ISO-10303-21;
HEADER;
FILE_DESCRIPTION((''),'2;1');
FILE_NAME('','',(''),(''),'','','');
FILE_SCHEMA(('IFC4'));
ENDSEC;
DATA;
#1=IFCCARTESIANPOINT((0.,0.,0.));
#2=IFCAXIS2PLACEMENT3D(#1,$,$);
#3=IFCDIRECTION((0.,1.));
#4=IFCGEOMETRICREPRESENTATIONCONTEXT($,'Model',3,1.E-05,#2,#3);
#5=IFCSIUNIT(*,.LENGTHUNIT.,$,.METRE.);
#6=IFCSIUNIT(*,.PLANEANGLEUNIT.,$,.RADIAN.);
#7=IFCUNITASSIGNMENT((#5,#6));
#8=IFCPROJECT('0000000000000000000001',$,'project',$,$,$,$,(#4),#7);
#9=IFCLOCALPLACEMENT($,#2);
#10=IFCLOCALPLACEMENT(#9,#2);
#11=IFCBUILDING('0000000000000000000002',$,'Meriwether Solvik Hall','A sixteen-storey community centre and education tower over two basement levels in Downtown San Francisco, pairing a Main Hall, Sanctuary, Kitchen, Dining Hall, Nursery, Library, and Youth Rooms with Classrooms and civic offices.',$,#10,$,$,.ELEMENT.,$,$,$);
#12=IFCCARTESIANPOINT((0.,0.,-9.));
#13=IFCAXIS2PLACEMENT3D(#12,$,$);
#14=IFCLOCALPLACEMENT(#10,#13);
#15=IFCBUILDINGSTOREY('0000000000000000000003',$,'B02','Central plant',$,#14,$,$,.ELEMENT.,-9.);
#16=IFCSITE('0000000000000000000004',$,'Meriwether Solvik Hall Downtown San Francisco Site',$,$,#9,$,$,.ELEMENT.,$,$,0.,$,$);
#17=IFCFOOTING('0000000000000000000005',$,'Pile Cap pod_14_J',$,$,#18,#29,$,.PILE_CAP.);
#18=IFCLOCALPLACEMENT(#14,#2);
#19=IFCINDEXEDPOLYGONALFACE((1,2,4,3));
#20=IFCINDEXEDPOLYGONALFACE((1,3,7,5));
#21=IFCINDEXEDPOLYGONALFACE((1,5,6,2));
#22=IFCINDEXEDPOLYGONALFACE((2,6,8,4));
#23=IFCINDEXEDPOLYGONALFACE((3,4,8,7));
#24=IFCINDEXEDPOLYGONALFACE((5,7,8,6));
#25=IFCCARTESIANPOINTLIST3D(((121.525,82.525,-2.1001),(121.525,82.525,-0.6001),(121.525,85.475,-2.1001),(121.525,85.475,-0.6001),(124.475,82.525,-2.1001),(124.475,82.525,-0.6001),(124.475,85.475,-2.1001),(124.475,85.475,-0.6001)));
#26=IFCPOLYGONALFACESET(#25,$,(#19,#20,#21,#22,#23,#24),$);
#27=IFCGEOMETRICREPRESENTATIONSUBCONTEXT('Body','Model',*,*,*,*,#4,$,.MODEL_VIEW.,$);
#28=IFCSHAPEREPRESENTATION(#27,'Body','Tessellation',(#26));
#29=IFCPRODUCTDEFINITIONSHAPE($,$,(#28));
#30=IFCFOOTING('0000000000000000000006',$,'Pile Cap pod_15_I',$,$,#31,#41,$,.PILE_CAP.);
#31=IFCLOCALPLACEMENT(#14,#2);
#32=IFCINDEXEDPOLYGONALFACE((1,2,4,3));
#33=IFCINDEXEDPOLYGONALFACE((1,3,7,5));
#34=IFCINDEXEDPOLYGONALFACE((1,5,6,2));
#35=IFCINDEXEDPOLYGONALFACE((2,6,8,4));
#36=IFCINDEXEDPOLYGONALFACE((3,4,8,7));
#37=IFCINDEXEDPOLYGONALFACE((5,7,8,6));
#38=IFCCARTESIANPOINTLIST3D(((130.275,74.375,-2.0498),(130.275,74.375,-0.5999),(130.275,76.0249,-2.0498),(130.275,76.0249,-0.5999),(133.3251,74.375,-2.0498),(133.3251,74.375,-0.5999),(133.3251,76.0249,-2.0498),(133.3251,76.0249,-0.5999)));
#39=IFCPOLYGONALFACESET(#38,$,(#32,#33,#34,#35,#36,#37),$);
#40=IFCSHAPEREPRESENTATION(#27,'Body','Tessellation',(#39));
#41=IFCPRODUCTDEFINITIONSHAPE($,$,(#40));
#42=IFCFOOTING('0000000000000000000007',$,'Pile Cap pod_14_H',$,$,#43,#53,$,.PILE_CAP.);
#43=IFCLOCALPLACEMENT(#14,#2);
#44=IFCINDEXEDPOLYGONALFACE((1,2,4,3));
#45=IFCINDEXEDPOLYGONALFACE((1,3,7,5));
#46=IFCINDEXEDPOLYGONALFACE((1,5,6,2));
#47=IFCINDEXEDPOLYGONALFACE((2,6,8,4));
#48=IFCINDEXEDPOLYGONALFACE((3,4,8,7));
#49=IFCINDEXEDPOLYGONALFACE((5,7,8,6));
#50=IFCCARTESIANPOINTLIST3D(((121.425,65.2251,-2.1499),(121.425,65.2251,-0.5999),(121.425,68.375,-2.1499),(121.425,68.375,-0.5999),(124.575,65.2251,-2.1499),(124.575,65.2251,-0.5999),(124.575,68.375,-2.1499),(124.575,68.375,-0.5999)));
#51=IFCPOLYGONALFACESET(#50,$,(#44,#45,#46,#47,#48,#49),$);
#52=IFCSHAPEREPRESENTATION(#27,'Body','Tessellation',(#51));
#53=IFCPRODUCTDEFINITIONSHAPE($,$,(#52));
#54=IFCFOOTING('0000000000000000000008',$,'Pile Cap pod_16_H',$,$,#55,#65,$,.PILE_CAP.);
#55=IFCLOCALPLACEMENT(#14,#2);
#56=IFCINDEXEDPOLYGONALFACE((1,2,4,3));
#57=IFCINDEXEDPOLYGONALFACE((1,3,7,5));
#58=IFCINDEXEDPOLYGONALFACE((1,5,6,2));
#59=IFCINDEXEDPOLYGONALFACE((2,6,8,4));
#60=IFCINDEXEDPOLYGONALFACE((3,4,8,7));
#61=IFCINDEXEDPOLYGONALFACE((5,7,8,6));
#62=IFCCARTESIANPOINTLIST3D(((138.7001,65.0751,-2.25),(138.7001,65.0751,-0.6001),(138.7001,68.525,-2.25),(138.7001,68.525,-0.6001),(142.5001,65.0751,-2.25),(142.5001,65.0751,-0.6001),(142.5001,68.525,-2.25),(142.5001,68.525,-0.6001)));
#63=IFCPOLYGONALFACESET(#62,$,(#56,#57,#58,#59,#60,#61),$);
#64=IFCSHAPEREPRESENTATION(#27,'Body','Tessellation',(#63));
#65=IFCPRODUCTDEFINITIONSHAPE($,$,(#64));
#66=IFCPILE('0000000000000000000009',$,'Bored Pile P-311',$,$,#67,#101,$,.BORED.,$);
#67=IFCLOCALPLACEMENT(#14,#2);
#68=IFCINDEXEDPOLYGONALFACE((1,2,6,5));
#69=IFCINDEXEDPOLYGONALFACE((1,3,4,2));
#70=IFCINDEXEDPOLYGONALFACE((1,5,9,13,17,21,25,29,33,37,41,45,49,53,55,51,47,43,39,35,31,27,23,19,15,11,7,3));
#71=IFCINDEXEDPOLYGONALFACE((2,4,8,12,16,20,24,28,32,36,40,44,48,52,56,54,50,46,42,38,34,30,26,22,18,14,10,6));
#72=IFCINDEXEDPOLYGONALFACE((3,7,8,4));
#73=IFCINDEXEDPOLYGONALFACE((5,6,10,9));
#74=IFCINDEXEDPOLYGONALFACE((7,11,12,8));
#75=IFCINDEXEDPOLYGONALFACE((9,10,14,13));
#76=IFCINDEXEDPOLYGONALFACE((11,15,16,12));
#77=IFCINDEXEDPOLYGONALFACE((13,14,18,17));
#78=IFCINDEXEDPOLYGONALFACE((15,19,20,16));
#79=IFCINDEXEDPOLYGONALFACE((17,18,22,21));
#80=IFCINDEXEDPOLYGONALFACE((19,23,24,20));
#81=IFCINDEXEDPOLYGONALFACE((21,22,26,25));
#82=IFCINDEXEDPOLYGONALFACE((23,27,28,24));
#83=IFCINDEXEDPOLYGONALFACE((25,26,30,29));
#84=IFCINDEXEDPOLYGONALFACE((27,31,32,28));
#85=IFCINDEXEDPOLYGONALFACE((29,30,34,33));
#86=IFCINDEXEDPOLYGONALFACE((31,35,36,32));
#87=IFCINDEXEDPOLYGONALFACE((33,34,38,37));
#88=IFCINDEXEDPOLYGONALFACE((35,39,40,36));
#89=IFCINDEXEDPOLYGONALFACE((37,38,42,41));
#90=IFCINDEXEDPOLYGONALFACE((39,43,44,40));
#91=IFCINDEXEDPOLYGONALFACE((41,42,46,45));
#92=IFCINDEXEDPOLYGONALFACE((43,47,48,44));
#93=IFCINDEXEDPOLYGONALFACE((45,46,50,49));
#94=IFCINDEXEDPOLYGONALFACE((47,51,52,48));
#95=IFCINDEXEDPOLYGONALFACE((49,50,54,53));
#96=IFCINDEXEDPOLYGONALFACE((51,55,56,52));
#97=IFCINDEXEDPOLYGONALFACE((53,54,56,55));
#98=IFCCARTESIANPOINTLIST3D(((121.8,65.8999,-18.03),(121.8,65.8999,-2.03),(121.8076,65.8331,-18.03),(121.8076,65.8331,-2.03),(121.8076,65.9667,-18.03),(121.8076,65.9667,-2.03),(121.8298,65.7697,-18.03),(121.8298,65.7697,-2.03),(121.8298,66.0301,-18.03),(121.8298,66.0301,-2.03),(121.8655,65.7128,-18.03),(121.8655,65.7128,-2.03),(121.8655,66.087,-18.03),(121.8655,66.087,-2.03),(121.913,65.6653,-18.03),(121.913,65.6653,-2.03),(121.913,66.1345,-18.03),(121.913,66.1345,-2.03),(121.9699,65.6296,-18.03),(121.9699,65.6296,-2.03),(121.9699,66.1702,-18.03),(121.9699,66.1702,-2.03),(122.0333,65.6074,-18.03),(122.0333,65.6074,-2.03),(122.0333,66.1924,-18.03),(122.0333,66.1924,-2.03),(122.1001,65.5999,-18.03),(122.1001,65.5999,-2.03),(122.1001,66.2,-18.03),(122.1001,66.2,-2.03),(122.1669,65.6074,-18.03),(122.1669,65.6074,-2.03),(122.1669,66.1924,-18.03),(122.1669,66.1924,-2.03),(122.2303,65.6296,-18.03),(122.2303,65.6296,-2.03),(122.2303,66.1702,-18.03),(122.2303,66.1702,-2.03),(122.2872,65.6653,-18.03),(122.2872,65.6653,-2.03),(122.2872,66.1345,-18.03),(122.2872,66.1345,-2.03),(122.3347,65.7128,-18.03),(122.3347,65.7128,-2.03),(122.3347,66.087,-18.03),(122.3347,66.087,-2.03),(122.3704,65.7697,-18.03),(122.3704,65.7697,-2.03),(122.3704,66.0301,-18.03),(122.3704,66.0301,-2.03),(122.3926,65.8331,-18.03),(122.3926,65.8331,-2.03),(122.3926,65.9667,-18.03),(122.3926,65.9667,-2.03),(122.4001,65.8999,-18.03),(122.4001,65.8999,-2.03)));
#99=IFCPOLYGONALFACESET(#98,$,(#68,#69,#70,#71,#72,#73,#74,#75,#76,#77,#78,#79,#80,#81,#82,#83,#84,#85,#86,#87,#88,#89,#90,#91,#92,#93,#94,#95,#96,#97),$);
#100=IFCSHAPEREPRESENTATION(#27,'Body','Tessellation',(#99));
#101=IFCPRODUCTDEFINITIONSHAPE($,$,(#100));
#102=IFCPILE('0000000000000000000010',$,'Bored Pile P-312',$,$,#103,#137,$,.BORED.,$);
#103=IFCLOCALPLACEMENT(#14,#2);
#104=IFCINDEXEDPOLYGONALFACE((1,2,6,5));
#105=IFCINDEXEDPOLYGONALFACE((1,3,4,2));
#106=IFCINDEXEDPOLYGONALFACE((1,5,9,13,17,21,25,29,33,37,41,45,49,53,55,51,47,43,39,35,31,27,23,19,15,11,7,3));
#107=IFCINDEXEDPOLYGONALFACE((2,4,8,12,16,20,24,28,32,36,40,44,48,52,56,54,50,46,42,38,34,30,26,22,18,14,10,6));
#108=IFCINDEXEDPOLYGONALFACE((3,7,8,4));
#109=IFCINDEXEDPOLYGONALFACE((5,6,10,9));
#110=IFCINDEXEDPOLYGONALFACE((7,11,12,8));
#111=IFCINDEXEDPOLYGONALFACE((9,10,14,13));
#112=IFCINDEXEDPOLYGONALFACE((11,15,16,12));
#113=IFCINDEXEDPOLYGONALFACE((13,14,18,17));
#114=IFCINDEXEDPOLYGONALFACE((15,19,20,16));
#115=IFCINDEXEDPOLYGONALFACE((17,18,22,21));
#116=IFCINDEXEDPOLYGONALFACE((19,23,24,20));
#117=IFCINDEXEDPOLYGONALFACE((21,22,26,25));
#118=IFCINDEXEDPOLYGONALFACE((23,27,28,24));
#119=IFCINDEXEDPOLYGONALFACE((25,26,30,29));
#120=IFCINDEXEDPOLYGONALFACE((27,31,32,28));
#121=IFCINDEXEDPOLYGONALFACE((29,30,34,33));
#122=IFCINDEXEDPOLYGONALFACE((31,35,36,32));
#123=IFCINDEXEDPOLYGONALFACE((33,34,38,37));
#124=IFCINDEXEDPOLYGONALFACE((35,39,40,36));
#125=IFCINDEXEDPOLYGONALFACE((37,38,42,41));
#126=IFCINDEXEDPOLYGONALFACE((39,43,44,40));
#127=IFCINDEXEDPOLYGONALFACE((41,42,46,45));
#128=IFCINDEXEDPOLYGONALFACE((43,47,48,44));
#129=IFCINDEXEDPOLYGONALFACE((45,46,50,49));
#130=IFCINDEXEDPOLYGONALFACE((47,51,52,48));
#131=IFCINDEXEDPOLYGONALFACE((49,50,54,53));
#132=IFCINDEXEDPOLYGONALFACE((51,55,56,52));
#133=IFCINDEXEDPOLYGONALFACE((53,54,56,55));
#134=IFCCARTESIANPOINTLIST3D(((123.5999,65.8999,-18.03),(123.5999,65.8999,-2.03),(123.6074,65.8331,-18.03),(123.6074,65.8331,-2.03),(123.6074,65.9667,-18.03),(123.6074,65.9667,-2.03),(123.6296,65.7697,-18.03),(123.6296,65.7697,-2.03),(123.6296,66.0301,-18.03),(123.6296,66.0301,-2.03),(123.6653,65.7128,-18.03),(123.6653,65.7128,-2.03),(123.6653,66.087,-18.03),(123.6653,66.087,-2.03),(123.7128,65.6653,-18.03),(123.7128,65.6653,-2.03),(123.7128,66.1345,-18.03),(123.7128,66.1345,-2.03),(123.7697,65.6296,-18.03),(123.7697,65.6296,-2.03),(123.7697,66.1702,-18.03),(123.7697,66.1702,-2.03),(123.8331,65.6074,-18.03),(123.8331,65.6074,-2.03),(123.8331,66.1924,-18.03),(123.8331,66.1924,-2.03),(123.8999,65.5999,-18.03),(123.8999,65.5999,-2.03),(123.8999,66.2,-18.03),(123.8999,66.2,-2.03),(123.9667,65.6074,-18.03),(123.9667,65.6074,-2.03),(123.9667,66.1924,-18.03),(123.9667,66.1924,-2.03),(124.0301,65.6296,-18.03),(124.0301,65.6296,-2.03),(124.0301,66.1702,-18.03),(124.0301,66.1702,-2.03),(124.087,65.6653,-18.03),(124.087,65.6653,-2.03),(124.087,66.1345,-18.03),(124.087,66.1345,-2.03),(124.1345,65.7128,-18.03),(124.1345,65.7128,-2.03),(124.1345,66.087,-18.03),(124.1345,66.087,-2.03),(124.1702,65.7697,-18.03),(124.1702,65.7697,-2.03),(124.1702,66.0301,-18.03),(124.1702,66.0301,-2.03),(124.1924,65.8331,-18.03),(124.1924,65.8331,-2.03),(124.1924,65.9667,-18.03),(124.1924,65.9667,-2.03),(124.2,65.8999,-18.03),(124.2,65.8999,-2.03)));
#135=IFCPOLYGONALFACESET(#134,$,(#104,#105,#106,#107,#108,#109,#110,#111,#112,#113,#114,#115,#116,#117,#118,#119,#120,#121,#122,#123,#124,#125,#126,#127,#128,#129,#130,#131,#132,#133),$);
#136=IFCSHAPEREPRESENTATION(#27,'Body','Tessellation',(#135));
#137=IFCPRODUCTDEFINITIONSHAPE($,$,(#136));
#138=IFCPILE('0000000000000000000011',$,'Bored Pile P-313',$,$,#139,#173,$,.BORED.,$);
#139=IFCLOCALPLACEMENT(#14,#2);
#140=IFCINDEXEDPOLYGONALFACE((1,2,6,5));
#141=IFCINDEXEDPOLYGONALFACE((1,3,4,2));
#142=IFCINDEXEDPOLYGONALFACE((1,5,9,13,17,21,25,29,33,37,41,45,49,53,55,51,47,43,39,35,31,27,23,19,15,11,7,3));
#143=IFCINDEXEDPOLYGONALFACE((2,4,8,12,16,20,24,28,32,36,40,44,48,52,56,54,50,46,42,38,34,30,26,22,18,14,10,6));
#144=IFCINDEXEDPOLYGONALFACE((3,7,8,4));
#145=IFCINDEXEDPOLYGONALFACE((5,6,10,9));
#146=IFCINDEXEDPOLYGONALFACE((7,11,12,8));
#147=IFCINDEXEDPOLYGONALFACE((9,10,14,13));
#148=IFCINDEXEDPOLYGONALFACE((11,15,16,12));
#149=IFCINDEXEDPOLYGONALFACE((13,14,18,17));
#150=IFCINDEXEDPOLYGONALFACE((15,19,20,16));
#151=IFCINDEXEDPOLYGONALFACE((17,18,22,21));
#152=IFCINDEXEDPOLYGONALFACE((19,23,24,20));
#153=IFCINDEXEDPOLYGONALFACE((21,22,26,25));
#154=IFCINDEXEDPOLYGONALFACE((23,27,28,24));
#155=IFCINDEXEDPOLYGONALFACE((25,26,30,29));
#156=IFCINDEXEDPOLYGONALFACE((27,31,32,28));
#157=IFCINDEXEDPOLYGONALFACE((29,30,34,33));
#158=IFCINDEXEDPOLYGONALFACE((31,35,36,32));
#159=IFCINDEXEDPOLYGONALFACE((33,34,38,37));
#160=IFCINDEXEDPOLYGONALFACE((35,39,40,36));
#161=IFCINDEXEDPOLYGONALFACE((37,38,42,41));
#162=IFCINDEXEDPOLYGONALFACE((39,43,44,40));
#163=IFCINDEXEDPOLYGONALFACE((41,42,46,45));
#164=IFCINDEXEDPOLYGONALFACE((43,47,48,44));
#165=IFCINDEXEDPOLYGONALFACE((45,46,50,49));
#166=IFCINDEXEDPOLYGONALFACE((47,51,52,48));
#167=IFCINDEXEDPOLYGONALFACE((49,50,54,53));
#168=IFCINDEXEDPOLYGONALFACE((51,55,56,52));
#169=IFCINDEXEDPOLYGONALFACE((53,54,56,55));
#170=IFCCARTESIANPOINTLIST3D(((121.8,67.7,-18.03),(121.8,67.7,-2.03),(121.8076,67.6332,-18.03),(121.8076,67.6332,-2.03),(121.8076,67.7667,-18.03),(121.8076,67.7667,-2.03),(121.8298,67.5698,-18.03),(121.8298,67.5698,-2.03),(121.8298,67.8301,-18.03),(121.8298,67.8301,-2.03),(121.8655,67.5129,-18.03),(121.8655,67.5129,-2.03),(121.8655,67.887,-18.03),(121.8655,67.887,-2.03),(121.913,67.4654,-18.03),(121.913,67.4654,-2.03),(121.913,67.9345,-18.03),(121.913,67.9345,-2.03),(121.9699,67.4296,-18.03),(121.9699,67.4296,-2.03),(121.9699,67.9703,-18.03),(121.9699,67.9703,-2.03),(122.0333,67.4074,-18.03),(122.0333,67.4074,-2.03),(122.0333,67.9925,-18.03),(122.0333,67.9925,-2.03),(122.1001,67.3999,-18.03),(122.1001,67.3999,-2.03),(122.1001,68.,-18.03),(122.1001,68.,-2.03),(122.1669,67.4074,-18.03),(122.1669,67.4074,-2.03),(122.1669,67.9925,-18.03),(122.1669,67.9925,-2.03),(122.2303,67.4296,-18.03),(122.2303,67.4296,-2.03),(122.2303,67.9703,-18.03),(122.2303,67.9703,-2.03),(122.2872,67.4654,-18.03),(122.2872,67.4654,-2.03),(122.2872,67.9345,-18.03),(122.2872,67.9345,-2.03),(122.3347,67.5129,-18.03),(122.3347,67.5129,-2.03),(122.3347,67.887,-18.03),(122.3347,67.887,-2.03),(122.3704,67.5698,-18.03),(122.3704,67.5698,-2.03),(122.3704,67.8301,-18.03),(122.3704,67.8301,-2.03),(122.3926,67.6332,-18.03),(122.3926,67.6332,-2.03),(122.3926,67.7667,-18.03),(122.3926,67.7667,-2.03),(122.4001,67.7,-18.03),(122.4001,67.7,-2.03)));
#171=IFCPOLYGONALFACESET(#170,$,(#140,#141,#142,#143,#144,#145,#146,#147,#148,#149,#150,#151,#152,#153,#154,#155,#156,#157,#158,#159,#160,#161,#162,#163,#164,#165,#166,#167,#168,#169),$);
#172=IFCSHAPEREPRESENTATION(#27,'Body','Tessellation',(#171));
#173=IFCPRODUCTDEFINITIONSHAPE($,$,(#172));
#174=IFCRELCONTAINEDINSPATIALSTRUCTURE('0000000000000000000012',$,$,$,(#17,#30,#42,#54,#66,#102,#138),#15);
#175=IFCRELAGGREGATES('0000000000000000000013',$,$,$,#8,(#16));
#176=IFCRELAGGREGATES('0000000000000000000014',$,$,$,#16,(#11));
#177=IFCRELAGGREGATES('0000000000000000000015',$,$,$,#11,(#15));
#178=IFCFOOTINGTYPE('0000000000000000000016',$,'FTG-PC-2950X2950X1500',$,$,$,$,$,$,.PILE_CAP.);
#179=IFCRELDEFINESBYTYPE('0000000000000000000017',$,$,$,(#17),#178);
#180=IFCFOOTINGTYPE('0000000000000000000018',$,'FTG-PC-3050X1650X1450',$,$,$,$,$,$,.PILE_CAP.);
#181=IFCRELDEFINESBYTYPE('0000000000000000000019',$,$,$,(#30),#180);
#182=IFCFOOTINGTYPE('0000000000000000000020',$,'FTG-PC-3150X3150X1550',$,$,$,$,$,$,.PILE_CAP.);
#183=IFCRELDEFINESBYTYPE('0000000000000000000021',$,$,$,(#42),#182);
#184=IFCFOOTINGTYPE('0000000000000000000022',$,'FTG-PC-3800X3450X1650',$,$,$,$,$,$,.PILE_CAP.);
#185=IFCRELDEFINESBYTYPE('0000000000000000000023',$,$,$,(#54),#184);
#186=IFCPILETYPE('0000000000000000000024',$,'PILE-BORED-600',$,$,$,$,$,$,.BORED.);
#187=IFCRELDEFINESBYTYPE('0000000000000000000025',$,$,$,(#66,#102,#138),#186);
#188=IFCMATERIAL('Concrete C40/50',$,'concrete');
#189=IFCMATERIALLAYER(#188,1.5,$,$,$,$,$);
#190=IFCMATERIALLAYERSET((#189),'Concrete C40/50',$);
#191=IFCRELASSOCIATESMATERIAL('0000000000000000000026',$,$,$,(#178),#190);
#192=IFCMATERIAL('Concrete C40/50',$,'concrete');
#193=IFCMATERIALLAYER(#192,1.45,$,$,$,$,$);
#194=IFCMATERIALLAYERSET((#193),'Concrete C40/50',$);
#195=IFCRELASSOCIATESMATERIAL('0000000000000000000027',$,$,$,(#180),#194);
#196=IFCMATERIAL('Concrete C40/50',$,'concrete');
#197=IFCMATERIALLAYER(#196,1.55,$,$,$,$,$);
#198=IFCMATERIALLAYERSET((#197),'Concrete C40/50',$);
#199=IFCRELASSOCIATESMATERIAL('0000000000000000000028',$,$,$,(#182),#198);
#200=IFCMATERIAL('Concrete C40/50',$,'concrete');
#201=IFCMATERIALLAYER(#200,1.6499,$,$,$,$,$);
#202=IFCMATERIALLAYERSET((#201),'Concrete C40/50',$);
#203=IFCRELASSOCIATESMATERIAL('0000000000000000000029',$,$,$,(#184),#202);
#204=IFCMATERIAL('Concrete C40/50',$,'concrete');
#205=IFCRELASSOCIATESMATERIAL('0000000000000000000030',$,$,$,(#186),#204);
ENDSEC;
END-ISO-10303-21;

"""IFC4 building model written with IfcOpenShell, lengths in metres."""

from ifc_helpers import new_model, si_unit, direction, frame, origin, origin_2d, place, context, subcontext, project, spatial, rectangle, circle, extrude, material, layer, layer_set, material_profile, profile_set, type_object, element, save


model = new_model("IFC4")

# Units and contexts
model_context = context("Model", 3, precision=1e-05, world=origin(), true_north=direction((0.0, 1.0)))
body_context = subcontext(model_context, "Body", "Model", "MODEL_VIEW")
ifc_project = project(units=[si_unit("LENGTHUNIT", "METRE"), si_unit("PLANEANGLEUNIT", "RADIAN")], contexts=[model_context])

# Site, building, storey
site_placement = place(None, origin())
site = spatial("IfcSite", under=ifc_project, at=site_placement, Name="Meriwether Solvik Hall Downtown San Francisco Site", CompositionType="ELEMENT", RefElevation=0.0)
building_placement = place(site_placement, origin())
building = spatial("IfcBuilding", under=site, at=building_placement, Name="Meriwether Solvik Hall", Description="A sixteen-storey community centre and education tower over two basement levels in Downtown San Francisco, pairing a Main Hall, Sanctuary, Kitchen, Dining Hall, Nursery, Library, and Youth Rooms with Classrooms and civic offices.", CompositionType="ELEMENT")
storey_placement = place(building_placement, frame((0.0, 0.0, -9.0)))
storey = spatial("IfcBuildingStorey", under=building, at=storey_placement, Name="B02", Description="Central plant", CompositionType="ELEMENT", Elevation=-9.0)

# Footings
ifc_material_1 = material(Name="Concrete C40/50", Category="concrete")
ifc_layer_1 = layer(ifc_material_1, 1.5)
ifc_layer_set_1 = layer_set([ifc_layer_1], Name="Concrete C40/50")
footing_type_1 = type_object("IfcFootingType", Name="FTG-PC-2950X2950X1500", PredefinedType="PILE_CAP", material=ifc_layer_set_1)
footing_1_placement = place(storey_placement, frame((123.0, 84.0, -2.1001), z_axis=(0.0, 0.0, 1.0), x_axis=(1.0, 0.0, 0.0)))
element("IfcFooting", 1, at=footing_1_placement, inside=storey, type_object=footing_type_1, Name="Pile Cap pod_14_J", PredefinedType="PILE_CAP", context=body_context, shape_type="SweptSolid", body=[
    extrude(rectangle(XDim=2.95, YDim=2.95, at=origin_2d()), origin(), (0.0, 0.0, 1.0), 1.5),
])
ifc_material_2 = material(Name="Concrete C40/50", Category="concrete")
ifc_layer_2 = layer(ifc_material_2, 1.45)
ifc_layer_set_2 = layer_set([ifc_layer_2], Name="Concrete C40/50")
footing_type_2 = type_object("IfcFootingType", Name="FTG-PC-3050X1650X1450", PredefinedType="PILE_CAP", material=ifc_layer_set_2)
footing_2_placement = place(storey_placement, frame((131.8, 75.2, -2.0498), z_axis=(0.0, 0.0, 1.0), x_axis=(1.0, 0.0, 0.0)))
element("IfcFooting", 2, at=footing_2_placement, inside=storey, type_object=footing_type_2, Name="Pile Cap pod_15_I", PredefinedType="PILE_CAP", context=body_context, shape_type="SweptSolid", body=[
    extrude(rectangle(XDim=3.05, YDim=1.6499, at=origin_2d()), origin(), (0.0, 0.0, 1.0), 1.45),
])
ifc_material_3 = material(Name="Concrete C40/50", Category="concrete")
ifc_layer_3 = layer(ifc_material_3, 1.55)
ifc_layer_set_3 = layer_set([ifc_layer_3], Name="Concrete C40/50")
footing_type_3 = type_object("IfcFootingType", Name="FTG-PC-3150X3150X1550", PredefinedType="PILE_CAP", material=ifc_layer_set_3)
footing_3_placement = place(storey_placement, frame((123.0, 66.8, -2.1499), z_axis=(0.0, 0.0, 1.0), x_axis=(1.0, 0.0, 0.0)))
element("IfcFooting", 3, at=footing_3_placement, inside=storey, type_object=footing_type_3, Name="Pile Cap pod_14_H", PredefinedType="PILE_CAP", context=body_context, shape_type="SweptSolid", body=[
    extrude(rectangle(XDim=3.1499, YDim=3.1499, at=origin_2d()), origin(), (0.0, 0.0, 1.0), 1.55),
])
ifc_material_4 = material(Name="Concrete C40/50", Category="concrete")
ifc_layer_4 = layer(ifc_material_4, 1.6499)
ifc_layer_set_4 = layer_set([ifc_layer_4], Name="Concrete C40/50")
footing_type_4 = type_object("IfcFootingType", Name="FTG-PC-3800X3450X1650", PredefinedType="PILE_CAP", material=ifc_layer_set_4)
footing_4_placement = place(storey_placement, frame((140.6001, 66.8, -2.25), z_axis=(0.0, 0.0, 1.0), x_axis=(1.0, 0.0, 0.0)))
element("IfcFooting", 4, at=footing_4_placement, inside=storey, type_object=footing_type_4, Name="Pile Cap pod_16_H", PredefinedType="PILE_CAP", context=body_context, shape_type="SweptSolid", body=[
    extrude(rectangle(XDim=3.8, YDim=3.45, at=origin_2d()), origin(), (0.0, 0.0, 1.0), 1.6499),
])

# Piles
ifc_material_5 = material(Name="Concrete C40/50", Category="concrete")
ifc_material_profile_1 = material_profile(ifc_material_5, circle(Radius=0.3, at=origin_2d()), Name="PILE-D600")
ifc_profile_set_1 = profile_set([ifc_material_profile_1], Name="Concrete C40/50")
pile_type_1 = type_object("IfcPileType", Name="PILE-BORED-600", PredefinedType="BORED", material=ifc_profile_set_1)
for number, where, z_axis, x_axis, name in (
    (5, (122.1001, 65.8999, -2.03), (0.0, 0.0, -1.0), (1.0, 0.0, 0.0), "Bored Pile P-311"),
    (6, (123.8999, 65.8999, -2.03), (0.0, 0.0, -1.0), (1.0, 0.0, 0.0), "Bored Pile P-312"),
    (7, (122.1001, 67.7, -2.03), (0.0, 0.0, -1.0), (1.0, 0.0, 0.0), "Bored Pile P-313"),
):
    element("IfcPile", number, at=place(storey_placement, frame(where, z_axis=z_axis, x_axis=x_axis)), inside=storey, type_object=pile_type_1, Name=name, PredefinedType="BORED", context=body_context, shape_type="SweptSolid", body=[
        extrude(circle(Radius=0.3, at=origin_2d()), origin(), (0.0, 0.0, 1.0), 16.0),
    ])

save(model, "model.ifc")
